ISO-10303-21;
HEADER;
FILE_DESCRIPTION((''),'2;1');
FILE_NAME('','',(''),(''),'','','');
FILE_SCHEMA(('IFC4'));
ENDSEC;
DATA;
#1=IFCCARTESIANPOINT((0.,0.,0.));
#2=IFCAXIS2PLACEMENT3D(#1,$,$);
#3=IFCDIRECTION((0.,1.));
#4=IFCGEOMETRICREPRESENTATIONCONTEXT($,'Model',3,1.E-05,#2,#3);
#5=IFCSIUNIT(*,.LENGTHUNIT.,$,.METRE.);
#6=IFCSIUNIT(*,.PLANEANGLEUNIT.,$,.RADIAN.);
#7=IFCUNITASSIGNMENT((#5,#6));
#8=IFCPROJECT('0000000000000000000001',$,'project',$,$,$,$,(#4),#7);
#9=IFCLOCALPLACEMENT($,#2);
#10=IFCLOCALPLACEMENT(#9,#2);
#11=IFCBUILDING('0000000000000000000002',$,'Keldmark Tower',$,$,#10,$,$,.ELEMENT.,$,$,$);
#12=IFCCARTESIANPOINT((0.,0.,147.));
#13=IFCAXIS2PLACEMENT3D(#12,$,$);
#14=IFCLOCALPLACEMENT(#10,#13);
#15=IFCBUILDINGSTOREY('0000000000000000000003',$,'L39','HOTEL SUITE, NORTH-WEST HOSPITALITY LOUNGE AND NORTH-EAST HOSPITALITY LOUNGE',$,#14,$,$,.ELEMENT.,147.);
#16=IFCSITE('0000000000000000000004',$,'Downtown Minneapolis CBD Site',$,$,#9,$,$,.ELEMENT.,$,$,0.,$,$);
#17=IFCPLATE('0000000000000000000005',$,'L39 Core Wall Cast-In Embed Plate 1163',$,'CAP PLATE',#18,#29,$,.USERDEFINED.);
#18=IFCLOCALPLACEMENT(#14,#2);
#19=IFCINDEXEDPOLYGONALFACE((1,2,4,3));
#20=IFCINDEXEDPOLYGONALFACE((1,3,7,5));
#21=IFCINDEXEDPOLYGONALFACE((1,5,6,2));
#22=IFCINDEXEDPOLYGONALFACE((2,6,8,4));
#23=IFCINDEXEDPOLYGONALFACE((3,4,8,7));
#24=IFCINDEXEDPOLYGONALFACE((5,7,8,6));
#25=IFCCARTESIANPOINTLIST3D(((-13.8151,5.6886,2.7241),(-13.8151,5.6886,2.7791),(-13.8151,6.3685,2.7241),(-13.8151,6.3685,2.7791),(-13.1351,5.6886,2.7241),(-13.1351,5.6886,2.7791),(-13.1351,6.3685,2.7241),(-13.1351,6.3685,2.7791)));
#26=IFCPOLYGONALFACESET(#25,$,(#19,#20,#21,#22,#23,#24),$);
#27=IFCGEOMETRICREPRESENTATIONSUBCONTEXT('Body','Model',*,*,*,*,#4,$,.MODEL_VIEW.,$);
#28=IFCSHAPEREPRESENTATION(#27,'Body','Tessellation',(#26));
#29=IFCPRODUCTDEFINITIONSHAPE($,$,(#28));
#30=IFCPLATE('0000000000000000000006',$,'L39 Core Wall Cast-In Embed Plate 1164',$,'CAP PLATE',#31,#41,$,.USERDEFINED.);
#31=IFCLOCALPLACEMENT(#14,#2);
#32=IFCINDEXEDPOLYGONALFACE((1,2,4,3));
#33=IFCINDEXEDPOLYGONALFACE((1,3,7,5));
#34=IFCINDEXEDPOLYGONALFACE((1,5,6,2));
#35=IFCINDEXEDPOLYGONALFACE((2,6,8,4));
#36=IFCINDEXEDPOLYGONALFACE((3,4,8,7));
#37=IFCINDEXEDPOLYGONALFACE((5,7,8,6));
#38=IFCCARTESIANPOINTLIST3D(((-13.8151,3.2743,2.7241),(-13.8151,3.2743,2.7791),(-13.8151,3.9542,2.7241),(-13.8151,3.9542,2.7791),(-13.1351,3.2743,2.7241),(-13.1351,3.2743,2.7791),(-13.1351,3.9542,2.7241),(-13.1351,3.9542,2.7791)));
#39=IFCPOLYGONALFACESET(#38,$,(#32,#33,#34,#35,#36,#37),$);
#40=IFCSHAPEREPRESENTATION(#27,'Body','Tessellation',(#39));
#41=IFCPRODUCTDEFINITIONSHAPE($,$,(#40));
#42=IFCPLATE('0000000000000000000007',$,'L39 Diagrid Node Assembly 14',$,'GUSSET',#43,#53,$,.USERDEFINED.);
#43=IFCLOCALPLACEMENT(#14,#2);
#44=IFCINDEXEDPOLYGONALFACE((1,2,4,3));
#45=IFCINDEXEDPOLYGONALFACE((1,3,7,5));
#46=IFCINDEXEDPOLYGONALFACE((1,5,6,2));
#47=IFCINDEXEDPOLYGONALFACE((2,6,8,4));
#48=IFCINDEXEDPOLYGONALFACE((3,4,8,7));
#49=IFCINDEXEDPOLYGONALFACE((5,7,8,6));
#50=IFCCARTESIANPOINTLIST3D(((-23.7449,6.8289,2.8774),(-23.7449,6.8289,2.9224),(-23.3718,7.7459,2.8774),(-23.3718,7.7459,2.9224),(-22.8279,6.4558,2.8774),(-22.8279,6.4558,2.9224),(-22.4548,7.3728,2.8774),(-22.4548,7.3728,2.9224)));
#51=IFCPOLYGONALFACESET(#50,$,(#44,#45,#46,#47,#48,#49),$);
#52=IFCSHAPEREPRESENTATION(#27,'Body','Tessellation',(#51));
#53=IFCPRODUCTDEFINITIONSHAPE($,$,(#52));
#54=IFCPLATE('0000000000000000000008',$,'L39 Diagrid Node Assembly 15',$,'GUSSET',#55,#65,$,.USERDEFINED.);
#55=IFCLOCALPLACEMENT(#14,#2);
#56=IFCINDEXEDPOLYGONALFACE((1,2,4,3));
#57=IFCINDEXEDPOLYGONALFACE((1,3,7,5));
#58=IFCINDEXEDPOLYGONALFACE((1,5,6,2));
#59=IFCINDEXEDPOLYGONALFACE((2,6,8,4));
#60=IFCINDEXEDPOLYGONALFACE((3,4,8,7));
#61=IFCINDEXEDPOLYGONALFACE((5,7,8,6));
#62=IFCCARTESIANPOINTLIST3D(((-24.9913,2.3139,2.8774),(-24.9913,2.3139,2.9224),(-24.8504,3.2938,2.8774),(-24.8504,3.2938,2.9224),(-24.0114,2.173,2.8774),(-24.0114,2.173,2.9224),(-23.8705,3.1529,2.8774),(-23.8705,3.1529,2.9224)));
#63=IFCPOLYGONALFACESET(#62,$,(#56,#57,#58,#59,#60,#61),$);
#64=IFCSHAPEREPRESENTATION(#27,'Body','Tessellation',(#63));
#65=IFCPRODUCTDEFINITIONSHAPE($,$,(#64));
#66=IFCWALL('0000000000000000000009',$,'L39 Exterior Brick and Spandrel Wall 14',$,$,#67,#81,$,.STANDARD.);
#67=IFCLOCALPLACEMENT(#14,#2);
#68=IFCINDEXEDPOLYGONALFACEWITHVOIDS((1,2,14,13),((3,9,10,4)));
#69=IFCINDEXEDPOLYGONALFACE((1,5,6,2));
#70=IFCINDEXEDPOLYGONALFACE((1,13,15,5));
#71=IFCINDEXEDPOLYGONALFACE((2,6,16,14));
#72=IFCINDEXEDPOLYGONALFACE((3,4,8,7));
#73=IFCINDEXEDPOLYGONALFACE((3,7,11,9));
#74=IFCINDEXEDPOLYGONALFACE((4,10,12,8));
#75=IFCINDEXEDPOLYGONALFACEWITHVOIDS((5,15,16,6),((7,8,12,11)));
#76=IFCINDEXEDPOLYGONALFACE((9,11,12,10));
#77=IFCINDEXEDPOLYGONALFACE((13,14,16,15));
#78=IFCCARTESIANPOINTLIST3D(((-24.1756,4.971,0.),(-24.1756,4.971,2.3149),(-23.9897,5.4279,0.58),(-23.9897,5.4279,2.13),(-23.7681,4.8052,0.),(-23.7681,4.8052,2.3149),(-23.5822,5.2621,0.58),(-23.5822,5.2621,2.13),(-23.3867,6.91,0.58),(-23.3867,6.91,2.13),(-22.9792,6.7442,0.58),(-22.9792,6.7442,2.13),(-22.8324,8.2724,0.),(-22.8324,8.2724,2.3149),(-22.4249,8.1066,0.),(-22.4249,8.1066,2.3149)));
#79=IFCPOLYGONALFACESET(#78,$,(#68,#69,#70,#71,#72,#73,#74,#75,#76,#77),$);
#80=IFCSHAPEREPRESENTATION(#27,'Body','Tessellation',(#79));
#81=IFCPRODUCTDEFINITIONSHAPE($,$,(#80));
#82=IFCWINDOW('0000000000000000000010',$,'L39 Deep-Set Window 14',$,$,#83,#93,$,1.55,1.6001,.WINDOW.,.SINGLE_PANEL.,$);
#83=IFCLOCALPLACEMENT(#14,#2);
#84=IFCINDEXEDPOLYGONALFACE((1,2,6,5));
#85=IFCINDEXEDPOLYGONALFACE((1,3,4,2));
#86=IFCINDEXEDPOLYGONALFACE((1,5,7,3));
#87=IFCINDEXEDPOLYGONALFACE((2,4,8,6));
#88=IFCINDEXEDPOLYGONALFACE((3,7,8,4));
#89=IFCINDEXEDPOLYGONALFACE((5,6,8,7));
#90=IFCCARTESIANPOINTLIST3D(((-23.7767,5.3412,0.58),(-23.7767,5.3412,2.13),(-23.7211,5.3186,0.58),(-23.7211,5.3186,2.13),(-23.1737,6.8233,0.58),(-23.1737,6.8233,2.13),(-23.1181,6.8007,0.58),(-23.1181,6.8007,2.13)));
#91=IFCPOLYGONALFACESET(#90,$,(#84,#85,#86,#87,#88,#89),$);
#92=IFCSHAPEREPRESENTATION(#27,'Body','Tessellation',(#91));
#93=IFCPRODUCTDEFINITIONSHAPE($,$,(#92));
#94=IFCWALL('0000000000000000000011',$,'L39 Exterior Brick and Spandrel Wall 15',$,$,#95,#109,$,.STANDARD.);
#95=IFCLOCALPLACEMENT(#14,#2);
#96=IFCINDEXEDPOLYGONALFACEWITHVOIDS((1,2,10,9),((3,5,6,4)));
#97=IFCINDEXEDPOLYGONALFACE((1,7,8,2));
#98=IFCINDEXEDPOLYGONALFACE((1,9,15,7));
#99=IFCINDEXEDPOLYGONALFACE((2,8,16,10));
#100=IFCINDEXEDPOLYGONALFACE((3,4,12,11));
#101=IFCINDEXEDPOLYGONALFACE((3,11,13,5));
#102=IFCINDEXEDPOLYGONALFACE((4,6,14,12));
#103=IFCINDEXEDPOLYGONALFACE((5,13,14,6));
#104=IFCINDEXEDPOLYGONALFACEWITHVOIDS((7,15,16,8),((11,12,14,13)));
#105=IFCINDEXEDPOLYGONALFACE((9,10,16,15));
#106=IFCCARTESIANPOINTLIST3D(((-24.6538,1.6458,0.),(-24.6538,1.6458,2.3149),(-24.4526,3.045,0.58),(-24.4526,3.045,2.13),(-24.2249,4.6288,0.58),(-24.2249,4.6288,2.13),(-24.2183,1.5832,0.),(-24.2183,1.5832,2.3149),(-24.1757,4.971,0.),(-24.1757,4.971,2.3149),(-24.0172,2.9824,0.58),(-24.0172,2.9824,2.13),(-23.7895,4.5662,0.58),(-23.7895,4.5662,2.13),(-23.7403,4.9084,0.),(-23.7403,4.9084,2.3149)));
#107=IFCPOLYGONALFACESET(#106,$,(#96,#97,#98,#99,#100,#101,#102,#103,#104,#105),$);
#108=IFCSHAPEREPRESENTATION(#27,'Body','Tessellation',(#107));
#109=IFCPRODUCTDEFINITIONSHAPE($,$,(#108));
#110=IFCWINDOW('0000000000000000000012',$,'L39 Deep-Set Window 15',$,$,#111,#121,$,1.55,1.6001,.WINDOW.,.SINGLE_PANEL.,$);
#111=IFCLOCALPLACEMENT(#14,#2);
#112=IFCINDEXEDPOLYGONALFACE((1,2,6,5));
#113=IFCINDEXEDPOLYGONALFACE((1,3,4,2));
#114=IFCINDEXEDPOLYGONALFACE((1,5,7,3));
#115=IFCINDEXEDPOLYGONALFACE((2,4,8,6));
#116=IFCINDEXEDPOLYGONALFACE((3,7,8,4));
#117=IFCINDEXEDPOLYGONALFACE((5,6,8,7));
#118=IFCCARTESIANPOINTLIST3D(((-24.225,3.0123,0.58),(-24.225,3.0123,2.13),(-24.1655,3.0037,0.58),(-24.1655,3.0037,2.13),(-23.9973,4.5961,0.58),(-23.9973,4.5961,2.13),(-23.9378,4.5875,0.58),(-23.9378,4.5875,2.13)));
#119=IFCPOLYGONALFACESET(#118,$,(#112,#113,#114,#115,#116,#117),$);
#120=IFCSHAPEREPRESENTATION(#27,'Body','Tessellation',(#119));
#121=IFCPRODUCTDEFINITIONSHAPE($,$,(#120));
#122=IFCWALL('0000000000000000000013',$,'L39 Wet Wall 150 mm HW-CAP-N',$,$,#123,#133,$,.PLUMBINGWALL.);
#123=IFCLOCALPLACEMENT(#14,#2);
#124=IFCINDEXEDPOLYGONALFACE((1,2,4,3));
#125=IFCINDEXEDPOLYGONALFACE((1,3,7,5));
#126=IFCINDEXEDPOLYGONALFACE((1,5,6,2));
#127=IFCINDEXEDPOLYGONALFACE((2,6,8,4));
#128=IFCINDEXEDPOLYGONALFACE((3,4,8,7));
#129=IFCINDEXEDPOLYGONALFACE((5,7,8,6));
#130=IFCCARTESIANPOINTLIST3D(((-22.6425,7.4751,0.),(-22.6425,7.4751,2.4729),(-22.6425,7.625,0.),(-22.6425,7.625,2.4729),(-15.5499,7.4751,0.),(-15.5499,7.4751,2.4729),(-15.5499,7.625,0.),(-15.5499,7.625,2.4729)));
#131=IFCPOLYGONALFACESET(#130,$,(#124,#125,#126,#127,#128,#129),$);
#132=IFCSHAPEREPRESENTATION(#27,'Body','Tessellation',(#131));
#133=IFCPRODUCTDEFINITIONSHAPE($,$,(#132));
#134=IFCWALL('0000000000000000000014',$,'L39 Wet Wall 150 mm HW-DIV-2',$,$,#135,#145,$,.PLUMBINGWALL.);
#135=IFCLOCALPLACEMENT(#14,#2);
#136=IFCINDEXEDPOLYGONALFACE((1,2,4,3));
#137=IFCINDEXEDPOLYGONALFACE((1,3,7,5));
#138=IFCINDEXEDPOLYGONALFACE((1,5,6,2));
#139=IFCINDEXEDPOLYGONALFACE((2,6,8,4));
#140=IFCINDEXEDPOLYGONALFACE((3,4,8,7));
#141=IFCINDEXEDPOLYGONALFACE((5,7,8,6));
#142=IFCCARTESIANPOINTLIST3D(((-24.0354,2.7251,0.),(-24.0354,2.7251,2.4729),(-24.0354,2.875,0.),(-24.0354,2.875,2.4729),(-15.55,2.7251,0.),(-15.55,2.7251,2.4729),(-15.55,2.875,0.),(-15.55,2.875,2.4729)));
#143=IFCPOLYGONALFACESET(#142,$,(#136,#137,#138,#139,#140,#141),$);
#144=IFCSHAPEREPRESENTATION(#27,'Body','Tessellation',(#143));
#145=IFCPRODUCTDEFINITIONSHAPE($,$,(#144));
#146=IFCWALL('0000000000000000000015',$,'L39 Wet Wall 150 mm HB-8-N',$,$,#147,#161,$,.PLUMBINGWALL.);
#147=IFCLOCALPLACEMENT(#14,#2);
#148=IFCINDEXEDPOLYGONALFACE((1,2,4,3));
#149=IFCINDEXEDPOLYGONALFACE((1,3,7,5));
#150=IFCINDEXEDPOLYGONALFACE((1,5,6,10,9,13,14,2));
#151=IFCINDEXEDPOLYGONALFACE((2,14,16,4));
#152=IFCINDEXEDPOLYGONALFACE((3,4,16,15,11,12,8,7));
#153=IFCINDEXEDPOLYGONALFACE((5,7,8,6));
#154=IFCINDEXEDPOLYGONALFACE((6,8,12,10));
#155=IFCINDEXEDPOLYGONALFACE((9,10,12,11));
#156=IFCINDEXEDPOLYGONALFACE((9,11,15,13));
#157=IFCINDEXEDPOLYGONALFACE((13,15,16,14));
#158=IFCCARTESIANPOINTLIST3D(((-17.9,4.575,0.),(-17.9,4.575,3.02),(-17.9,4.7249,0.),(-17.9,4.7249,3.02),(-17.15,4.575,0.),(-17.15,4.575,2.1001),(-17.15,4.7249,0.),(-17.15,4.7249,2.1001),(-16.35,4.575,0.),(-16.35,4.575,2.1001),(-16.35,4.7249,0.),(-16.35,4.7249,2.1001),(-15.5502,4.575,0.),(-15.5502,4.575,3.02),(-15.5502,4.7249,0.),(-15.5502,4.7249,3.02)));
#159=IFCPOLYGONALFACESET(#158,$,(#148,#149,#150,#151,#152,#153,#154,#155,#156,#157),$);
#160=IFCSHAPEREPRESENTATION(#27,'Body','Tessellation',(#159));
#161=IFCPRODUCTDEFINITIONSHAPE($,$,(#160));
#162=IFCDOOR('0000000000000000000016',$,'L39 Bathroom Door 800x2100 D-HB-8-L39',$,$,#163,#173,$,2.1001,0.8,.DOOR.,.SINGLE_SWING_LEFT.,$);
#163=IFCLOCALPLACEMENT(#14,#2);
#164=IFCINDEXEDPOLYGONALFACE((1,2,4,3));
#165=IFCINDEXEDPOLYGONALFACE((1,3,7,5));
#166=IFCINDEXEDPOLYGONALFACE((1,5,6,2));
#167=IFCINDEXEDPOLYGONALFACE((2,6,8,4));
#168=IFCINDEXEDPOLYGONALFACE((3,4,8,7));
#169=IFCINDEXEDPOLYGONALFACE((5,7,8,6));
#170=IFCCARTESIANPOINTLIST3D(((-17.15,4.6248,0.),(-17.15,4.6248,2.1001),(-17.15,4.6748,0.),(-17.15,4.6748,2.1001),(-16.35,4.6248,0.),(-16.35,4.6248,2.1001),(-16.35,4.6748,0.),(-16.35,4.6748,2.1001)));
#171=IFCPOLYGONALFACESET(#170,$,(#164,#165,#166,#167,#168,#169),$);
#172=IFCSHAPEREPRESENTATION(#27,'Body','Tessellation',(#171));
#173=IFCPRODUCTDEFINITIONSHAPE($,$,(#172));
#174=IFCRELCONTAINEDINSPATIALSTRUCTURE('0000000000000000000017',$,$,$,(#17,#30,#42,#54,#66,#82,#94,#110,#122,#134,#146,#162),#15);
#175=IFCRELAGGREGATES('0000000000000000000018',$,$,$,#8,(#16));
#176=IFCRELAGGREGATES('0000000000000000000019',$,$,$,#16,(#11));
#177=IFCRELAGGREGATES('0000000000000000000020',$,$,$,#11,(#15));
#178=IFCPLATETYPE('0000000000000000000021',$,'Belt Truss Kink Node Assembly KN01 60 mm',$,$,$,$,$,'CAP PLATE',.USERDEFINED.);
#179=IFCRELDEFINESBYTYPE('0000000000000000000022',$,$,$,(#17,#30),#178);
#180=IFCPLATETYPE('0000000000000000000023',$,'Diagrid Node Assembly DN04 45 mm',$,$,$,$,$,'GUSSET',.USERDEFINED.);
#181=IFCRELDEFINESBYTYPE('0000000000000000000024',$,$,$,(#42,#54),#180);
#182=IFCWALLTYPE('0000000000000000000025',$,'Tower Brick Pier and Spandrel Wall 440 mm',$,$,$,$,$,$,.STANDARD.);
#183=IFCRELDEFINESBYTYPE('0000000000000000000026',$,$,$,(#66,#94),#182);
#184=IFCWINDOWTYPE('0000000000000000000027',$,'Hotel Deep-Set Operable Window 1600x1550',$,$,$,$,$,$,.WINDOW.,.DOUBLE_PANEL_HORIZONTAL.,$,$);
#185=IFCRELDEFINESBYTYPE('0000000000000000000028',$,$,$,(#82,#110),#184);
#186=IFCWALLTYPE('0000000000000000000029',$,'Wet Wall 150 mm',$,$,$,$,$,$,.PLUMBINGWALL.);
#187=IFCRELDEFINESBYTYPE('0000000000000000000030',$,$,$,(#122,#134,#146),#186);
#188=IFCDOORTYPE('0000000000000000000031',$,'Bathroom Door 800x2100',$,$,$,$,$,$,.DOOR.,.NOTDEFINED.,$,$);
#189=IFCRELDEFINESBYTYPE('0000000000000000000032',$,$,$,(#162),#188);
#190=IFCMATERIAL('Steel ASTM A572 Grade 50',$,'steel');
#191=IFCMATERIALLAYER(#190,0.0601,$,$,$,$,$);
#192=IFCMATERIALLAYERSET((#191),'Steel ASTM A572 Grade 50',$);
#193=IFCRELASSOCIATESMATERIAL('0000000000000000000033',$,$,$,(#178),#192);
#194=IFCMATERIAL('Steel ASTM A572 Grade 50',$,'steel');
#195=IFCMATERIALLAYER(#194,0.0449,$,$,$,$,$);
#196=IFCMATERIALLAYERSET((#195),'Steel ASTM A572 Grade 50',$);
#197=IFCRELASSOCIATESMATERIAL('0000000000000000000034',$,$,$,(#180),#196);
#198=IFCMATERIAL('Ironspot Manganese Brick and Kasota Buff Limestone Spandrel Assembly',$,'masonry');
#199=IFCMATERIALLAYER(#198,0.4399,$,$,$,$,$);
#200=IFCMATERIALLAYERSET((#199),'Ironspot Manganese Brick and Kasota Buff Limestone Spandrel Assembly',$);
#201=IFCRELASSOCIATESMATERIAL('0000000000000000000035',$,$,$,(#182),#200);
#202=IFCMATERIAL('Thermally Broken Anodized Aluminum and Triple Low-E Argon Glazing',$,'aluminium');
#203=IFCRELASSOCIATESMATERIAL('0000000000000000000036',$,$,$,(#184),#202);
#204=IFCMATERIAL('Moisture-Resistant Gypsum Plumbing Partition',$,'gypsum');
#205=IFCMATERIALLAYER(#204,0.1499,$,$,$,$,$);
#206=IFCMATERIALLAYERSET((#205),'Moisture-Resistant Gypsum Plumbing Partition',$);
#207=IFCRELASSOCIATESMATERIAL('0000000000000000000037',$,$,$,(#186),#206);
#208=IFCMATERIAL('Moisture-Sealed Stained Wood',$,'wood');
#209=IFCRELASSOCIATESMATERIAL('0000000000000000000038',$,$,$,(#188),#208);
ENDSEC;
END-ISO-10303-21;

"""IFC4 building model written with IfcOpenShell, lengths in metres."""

from ifc_helpers import new_model, si_unit, direction, frame, frame_2d, origin, origin_2d, place, context, subcontext, project, spatial, rectangle, extrude, material, layer, layer_set, type_object, element, fill, save


model = new_model("IFC4")

# Units and contexts
model_context = context("Model", 3, precision=1e-05, world=origin(), true_north=direction((0.0, 1.0)))
body_context = subcontext(model_context, "Body", "Model", "MODEL_VIEW")
ifc_project = project(units=[si_unit("LENGTHUNIT", "METRE"), si_unit("PLANEANGLEUNIT", "RADIAN")], contexts=[model_context])

# Site, building, storey
site_placement = place(None, origin())
site = spatial("IfcSite", under=ifc_project, at=site_placement, Name="Downtown Minneapolis CBD Site", CompositionType="ELEMENT", RefElevation=0.0)
building_placement = place(site_placement, origin())
building = spatial("IfcBuilding", under=site, at=building_placement, Name="Keldmark Tower", CompositionType="ELEMENT")
storey_placement = place(building_placement, frame((0.0, 0.0, 147.0)))
storey = spatial("IfcBuildingStorey", under=building, at=storey_placement, Name="L39", Description="HOTEL SUITE, NORTH-WEST HOSPITALITY LOUNGE AND NORTH-EAST HOSPITALITY LOUNGE", CompositionType="ELEMENT", Elevation=147.0)

# Plates
ifc_material_1 = material(Name="Steel ASTM A572 Grade 50", Category="steel")
ifc_layer_1 = layer(ifc_material_1, 0.0601)
ifc_layer_set_1 = layer_set([ifc_layer_1], Name="Steel ASTM A572 Grade 50")
plate_type_1 = type_object("IfcPlateType", Name="Belt Truss Kink Node Assembly KN01 60 mm", ElementType="CAP PLATE", PredefinedType="USERDEFINED", material=ifc_layer_set_1)
for number, where, z_axis, x_axis, name in (
    (1, (-13.4751, 6.0286, 2.7241), (0.0, 0.0, 1.0), (1.0, 0.0, 0.0), "L39 Core Wall Cast-In Embed Plate 1163"),
    (2, (-13.4751, 3.6143, 2.7241), (0.0, 0.0, 1.0), (1.0, 0.0, 0.0), "L39 Core Wall Cast-In Embed Plate 1164"),
):
    element("IfcPlate", number, at=place(storey_placement, frame(where, z_axis=z_axis, x_axis=x_axis)), inside=storey, type_object=plate_type_1, Name=name, ObjectType="CAP PLATE", PredefinedType="USERDEFINED", context=body_context, shape_type="SweptSolid", body=[
        extrude(rectangle(XDim=0.6799, YDim=0.6799, at=origin_2d()), origin(), (0.0, 0.0, 1.0), 0.0549),
    ])
ifc_material_2 = material(Name="Steel ASTM A572 Grade 50", Category="steel")
ifc_layer_2 = layer(ifc_material_2, 0.0449)
ifc_layer_set_2 = layer_set([ifc_layer_2], Name="Steel ASTM A572 Grade 50")
plate_type_2 = type_object("IfcPlateType", Name="Diagrid Node Assembly DN04 45 mm", ElementType="GUSSET", PredefinedType="USERDEFINED", material=ifc_layer_set_2)
for number, where, z_axis, x_axis, name in (
    (3, (-23.0999, 7.1008, 2.8774), (0.0, 0.0, 1.0), (-0.376871, -0.926266, 0.0), "L39 Diagrid Node Assembly 14"),
    (4, (-24.4309, 2.7334, 2.8774), (0.0, 0.0, 1.0), (-0.142283, -0.989826, 0.0), "L39 Diagrid Node Assembly 15"),
):
    element("IfcPlate", number, at=place(storey_placement, frame(where, z_axis=z_axis, x_axis=x_axis)), inside=storey, type_object=plate_type_2, Name=name, ObjectType="GUSSET", PredefinedType="USERDEFINED", context=body_context, shape_type="SweptSolid", body=[
        extrude(rectangle(XDim=0.99, YDim=0.99, at=origin_2d()), origin(), (0.0, 0.0, 1.0), 0.0449),
    ])

# Walls, openings, windows
ifc_material_3 = material(Name="Ironspot Manganese Brick and Kasota Buff Limestone Spandrel Assembly", Category="masonry")
ifc_layer_3 = layer(ifc_material_3, 0.4399)
ifc_layer_set_3 = layer_set([ifc_layer_3], Name="Ironspot Manganese Brick and Kasota Buff Limestone Spandrel Assembly")
wall_type_1 = type_object("IfcWallType", Name="Tower Brick Pier and Spandrel Wall 440 mm", PredefinedType="STANDARD", material=ifc_layer_set_3)
wall_1_placement = place(storey_placement, frame((-23.9719, 4.8879, 0.0), z_axis=(0.0, 0.0, 1.0), x_axis=(0.376864, 0.926269, 0.0)))
wall_1 = element("IfcWall", 5, at=wall_1_placement, inside=storey, type_object=wall_type_1, Name="L39 Exterior Brick and Spandrel Wall 14", PredefinedType="STANDARD", context=body_context, shape_type="SweptSolid", body=[
    extrude(rectangle(XDim=3.5642, YDim=0.4399, at=frame_2d((1.7822, 0.0))), origin(), (0.0, 0.0, 1.0), 2.3149),
])
opening_1_placement = place(wall_1_placement, frame((0.4934, 0.0, 0.5801)))
opening_1 = element("IfcOpeningElement", 6, at=opening_1_placement, cuts=wall_1, PredefinedType="OPENING", context=body_context, shape_type="SweptSolid", body=[
    extrude(rectangle(XDim=1.6001, YDim=1.55, at=frame_2d((0.8, 0.7749))), frame((0.0, 0.23, 0.0), z_axis=(0.0, -1.0, 0.0), x_axis=(1.0, 0.0, 0.0)), (0.0, 0.0, 1.0), 0.46),
])
ifc_material_4 = material(Name="Thermally Broken Anodized Aluminum and Triple Low-E Argon Glazing", Category="aluminium")
window_type = type_object("IfcWindowType", Name="Hotel Deep-Set Operable Window 1600x1550", PartitioningType="DOUBLE_PANEL_HORIZONTAL", PredefinedType="WINDOW", material=ifc_material_4)
window_1_placement = place(opening_1_placement, origin())
window_1 = element("IfcWindow", 7, at=window_1_placement, inside=storey, type_object=window_type, Name="L39 Deep-Set Window 14", OverallHeight=1.55, OverallWidth=1.6001, PartitioningType="SINGLE_PANEL", PredefinedType="WINDOW", context=body_context, shape_type="SweptSolid", body=[
    extrude(rectangle(XDim=1.6001, YDim=1.55, at=frame_2d((0.8, 0.7749))), frame((0.0, -0.01, 0.0), z_axis=(0.0, -1.0, 0.0), x_axis=(1.0, 0.0, 0.0)), (0.0, 0.0, 1.0), 0.0601),
])
fill(opening_1, window_1)
wall_2_placement = place(storey_placement, frame((-24.436, 1.6145, 0.0), z_axis=(0.0, 0.0, 1.0), x_axis=(0.142296, 0.989824, 0.0)))
wall_2 = element("IfcWall", 8, at=wall_2_placement, inside=storey, type_object=wall_type_1, Name="L39 Exterior Brick and Spandrel Wall 15", PredefinedType="STANDARD", context=body_context, shape_type="SweptSolid", body=[
    extrude(rectangle(XDim=3.3594, YDim=0.4399, at=frame_2d((1.6797, 0.0))), origin(), (0.0, 0.0, 1.0), 2.3149),
])
opening_2_placement = place(wall_2_placement, frame((1.4136, 0.0, 0.5801)))
opening_2 = element("IfcOpeningElement", 9, at=opening_2_placement, cuts=wall_2, PredefinedType="OPENING", context=body_context, shape_type="SweptSolid", body=[
    extrude(rectangle(XDim=1.6001, YDim=1.55, at=frame_2d((0.8, 0.7749))), frame((0.0, 0.23, 0.0), z_axis=(0.0, -1.0, 0.0), x_axis=(1.0, 0.0, 0.0)), (0.0, 0.0, 1.0), 0.46),
])
window_2_placement = place(opening_2_placement, origin())
window_2 = element("IfcWindow", 10, at=window_2_placement, inside=storey, type_object=window_type, Name="L39 Deep-Set Window 15", OverallHeight=1.55, OverallWidth=1.6001, PartitioningType="SINGLE_PANEL", PredefinedType="WINDOW", context=body_context, shape_type="SweptSolid", body=[
    extrude(rectangle(XDim=1.6001, YDim=1.55, at=frame_2d((0.8, 0.7749))), frame((0.0, -0.01, 0.0), z_axis=(0.0, -1.0, 0.0), x_axis=(1.0, 0.0, 0.0)), (0.0, 0.0, 1.0), 0.0601),
])
fill(opening_2, window_2)

# Walls
ifc_material_5 = material(Name="Moisture-Resistant Gypsum Plumbing Partition", Category="gypsum")
ifc_layer_4 = layer(ifc_material_5, 0.1499)
ifc_layer_set_4 = layer_set([ifc_layer_4], Name="Moisture-Resistant Gypsum Plumbing Partition")
wall_type_2 = type_object("IfcWallType", Name="Wet Wall 150 mm", PredefinedType="PLUMBINGWALL", material=ifc_layer_set_4)
wall_3_placement = place(storey_placement, frame((-22.6426, 7.55, 0.0), z_axis=(0.0, 0.0, 1.0), x_axis=(1.0, 0.0, 0.0)))
element("IfcWall", 11, at=wall_3_placement, inside=storey, type_object=wall_type_2, Name="L39 Wet Wall 150 mm HW-CAP-N", PredefinedType="PLUMBINGWALL", context=body_context, shape_type="SweptSolid", body=[
    extrude(rectangle(XDim=7.0925, YDim=0.1499, at=frame_2d((3.5464, 0.0))), origin(), (0.0, 0.0, 1.0), 2.4729),
])
wall_4_placement = place(storey_placement, frame((-24.0354, 2.8, 0.0), z_axis=(0.0, 0.0, 1.0), x_axis=(1.0, 0.0, 0.0)))
element("IfcWall", 12, at=wall_4_placement, inside=storey, type_object=wall_type_2, Name="L39 Wet Wall 150 mm HW-DIV-2", PredefinedType="PLUMBINGWALL", context=body_context, shape_type="SweptSolid", body=[
    extrude(rectangle(XDim=8.4854, YDim=0.1499, at=frame_2d((4.2427, 0.0))), origin(), (0.0, 0.0, 1.0), 2.4729),
])

# Wall, opening, door
wall_5_placement = place(storey_placement, frame((-17.8999, 4.6499, 0.0), z_axis=(0.0, 0.0, 1.0), x_axis=(1.0, 0.0, 0.0)))
wall_5 = element("IfcWall", 13, at=wall_5_placement, inside=storey, type_object=wall_type_2, Name="L39 Wet Wall 150 mm HB-8-N", PredefinedType="PLUMBINGWALL", context=body_context, shape_type="SweptSolid", body=[
    extrude(rectangle(XDim=2.3499, YDim=0.1499, at=frame_2d((1.1748, 0.0))), origin(), (0.0, 0.0, 1.0), 3.02),
])
opening_3_placement = place(wall_5_placement, frame((0.75, 0.0, 0.0)))
opening_3 = element("IfcOpeningElement", 14, at=opening_3_placement, cuts=wall_5, PredefinedType="OPENING", context=body_context, shape_type="SweptSolid", body=[
    extrude(rectangle(XDim=0.8, YDim=2.1001, at=frame_2d((0.3999, 1.05))), frame((0.0, 0.085, 0.0), z_axis=(0.0, -1.0, 0.0), x_axis=(1.0, 0.0, 0.0)), (0.0, 0.0, 1.0), 0.1699),
])
ifc_material_6 = material(Name="Moisture-Sealed Stained Wood", Category="wood")
door_type = type_object("IfcDoorType", Name="Bathroom Door 800x2100", OperationType="NOTDEFINED", PredefinedType="DOOR", material=ifc_material_6)
door_placement = place(opening_3_placement, origin())
door = element("IfcDoor", 15, at=door_placement, inside=storey, type_object=door_type, Name="L39 Bathroom Door 800x2100 D-HB-8-L39", OperationType="SINGLE_SWING_LEFT", OverallHeight=2.1001, OverallWidth=0.8, PredefinedType="DOOR", context=body_context, shape_type="SweptSolid", body=[
    extrude(rectangle(XDim=0.8, YDim=2.1001, at=frame_2d((0.3999, 1.05))), frame((0.0, 0.0249, 0.0), z_axis=(0.0, -1.0, 0.0), x_axis=(1.0, 0.0, 0.0)), (0.0, 0.0, 1.0), 0.05),
])
fill(opening_3, door)

save(model, "model.ifc")
